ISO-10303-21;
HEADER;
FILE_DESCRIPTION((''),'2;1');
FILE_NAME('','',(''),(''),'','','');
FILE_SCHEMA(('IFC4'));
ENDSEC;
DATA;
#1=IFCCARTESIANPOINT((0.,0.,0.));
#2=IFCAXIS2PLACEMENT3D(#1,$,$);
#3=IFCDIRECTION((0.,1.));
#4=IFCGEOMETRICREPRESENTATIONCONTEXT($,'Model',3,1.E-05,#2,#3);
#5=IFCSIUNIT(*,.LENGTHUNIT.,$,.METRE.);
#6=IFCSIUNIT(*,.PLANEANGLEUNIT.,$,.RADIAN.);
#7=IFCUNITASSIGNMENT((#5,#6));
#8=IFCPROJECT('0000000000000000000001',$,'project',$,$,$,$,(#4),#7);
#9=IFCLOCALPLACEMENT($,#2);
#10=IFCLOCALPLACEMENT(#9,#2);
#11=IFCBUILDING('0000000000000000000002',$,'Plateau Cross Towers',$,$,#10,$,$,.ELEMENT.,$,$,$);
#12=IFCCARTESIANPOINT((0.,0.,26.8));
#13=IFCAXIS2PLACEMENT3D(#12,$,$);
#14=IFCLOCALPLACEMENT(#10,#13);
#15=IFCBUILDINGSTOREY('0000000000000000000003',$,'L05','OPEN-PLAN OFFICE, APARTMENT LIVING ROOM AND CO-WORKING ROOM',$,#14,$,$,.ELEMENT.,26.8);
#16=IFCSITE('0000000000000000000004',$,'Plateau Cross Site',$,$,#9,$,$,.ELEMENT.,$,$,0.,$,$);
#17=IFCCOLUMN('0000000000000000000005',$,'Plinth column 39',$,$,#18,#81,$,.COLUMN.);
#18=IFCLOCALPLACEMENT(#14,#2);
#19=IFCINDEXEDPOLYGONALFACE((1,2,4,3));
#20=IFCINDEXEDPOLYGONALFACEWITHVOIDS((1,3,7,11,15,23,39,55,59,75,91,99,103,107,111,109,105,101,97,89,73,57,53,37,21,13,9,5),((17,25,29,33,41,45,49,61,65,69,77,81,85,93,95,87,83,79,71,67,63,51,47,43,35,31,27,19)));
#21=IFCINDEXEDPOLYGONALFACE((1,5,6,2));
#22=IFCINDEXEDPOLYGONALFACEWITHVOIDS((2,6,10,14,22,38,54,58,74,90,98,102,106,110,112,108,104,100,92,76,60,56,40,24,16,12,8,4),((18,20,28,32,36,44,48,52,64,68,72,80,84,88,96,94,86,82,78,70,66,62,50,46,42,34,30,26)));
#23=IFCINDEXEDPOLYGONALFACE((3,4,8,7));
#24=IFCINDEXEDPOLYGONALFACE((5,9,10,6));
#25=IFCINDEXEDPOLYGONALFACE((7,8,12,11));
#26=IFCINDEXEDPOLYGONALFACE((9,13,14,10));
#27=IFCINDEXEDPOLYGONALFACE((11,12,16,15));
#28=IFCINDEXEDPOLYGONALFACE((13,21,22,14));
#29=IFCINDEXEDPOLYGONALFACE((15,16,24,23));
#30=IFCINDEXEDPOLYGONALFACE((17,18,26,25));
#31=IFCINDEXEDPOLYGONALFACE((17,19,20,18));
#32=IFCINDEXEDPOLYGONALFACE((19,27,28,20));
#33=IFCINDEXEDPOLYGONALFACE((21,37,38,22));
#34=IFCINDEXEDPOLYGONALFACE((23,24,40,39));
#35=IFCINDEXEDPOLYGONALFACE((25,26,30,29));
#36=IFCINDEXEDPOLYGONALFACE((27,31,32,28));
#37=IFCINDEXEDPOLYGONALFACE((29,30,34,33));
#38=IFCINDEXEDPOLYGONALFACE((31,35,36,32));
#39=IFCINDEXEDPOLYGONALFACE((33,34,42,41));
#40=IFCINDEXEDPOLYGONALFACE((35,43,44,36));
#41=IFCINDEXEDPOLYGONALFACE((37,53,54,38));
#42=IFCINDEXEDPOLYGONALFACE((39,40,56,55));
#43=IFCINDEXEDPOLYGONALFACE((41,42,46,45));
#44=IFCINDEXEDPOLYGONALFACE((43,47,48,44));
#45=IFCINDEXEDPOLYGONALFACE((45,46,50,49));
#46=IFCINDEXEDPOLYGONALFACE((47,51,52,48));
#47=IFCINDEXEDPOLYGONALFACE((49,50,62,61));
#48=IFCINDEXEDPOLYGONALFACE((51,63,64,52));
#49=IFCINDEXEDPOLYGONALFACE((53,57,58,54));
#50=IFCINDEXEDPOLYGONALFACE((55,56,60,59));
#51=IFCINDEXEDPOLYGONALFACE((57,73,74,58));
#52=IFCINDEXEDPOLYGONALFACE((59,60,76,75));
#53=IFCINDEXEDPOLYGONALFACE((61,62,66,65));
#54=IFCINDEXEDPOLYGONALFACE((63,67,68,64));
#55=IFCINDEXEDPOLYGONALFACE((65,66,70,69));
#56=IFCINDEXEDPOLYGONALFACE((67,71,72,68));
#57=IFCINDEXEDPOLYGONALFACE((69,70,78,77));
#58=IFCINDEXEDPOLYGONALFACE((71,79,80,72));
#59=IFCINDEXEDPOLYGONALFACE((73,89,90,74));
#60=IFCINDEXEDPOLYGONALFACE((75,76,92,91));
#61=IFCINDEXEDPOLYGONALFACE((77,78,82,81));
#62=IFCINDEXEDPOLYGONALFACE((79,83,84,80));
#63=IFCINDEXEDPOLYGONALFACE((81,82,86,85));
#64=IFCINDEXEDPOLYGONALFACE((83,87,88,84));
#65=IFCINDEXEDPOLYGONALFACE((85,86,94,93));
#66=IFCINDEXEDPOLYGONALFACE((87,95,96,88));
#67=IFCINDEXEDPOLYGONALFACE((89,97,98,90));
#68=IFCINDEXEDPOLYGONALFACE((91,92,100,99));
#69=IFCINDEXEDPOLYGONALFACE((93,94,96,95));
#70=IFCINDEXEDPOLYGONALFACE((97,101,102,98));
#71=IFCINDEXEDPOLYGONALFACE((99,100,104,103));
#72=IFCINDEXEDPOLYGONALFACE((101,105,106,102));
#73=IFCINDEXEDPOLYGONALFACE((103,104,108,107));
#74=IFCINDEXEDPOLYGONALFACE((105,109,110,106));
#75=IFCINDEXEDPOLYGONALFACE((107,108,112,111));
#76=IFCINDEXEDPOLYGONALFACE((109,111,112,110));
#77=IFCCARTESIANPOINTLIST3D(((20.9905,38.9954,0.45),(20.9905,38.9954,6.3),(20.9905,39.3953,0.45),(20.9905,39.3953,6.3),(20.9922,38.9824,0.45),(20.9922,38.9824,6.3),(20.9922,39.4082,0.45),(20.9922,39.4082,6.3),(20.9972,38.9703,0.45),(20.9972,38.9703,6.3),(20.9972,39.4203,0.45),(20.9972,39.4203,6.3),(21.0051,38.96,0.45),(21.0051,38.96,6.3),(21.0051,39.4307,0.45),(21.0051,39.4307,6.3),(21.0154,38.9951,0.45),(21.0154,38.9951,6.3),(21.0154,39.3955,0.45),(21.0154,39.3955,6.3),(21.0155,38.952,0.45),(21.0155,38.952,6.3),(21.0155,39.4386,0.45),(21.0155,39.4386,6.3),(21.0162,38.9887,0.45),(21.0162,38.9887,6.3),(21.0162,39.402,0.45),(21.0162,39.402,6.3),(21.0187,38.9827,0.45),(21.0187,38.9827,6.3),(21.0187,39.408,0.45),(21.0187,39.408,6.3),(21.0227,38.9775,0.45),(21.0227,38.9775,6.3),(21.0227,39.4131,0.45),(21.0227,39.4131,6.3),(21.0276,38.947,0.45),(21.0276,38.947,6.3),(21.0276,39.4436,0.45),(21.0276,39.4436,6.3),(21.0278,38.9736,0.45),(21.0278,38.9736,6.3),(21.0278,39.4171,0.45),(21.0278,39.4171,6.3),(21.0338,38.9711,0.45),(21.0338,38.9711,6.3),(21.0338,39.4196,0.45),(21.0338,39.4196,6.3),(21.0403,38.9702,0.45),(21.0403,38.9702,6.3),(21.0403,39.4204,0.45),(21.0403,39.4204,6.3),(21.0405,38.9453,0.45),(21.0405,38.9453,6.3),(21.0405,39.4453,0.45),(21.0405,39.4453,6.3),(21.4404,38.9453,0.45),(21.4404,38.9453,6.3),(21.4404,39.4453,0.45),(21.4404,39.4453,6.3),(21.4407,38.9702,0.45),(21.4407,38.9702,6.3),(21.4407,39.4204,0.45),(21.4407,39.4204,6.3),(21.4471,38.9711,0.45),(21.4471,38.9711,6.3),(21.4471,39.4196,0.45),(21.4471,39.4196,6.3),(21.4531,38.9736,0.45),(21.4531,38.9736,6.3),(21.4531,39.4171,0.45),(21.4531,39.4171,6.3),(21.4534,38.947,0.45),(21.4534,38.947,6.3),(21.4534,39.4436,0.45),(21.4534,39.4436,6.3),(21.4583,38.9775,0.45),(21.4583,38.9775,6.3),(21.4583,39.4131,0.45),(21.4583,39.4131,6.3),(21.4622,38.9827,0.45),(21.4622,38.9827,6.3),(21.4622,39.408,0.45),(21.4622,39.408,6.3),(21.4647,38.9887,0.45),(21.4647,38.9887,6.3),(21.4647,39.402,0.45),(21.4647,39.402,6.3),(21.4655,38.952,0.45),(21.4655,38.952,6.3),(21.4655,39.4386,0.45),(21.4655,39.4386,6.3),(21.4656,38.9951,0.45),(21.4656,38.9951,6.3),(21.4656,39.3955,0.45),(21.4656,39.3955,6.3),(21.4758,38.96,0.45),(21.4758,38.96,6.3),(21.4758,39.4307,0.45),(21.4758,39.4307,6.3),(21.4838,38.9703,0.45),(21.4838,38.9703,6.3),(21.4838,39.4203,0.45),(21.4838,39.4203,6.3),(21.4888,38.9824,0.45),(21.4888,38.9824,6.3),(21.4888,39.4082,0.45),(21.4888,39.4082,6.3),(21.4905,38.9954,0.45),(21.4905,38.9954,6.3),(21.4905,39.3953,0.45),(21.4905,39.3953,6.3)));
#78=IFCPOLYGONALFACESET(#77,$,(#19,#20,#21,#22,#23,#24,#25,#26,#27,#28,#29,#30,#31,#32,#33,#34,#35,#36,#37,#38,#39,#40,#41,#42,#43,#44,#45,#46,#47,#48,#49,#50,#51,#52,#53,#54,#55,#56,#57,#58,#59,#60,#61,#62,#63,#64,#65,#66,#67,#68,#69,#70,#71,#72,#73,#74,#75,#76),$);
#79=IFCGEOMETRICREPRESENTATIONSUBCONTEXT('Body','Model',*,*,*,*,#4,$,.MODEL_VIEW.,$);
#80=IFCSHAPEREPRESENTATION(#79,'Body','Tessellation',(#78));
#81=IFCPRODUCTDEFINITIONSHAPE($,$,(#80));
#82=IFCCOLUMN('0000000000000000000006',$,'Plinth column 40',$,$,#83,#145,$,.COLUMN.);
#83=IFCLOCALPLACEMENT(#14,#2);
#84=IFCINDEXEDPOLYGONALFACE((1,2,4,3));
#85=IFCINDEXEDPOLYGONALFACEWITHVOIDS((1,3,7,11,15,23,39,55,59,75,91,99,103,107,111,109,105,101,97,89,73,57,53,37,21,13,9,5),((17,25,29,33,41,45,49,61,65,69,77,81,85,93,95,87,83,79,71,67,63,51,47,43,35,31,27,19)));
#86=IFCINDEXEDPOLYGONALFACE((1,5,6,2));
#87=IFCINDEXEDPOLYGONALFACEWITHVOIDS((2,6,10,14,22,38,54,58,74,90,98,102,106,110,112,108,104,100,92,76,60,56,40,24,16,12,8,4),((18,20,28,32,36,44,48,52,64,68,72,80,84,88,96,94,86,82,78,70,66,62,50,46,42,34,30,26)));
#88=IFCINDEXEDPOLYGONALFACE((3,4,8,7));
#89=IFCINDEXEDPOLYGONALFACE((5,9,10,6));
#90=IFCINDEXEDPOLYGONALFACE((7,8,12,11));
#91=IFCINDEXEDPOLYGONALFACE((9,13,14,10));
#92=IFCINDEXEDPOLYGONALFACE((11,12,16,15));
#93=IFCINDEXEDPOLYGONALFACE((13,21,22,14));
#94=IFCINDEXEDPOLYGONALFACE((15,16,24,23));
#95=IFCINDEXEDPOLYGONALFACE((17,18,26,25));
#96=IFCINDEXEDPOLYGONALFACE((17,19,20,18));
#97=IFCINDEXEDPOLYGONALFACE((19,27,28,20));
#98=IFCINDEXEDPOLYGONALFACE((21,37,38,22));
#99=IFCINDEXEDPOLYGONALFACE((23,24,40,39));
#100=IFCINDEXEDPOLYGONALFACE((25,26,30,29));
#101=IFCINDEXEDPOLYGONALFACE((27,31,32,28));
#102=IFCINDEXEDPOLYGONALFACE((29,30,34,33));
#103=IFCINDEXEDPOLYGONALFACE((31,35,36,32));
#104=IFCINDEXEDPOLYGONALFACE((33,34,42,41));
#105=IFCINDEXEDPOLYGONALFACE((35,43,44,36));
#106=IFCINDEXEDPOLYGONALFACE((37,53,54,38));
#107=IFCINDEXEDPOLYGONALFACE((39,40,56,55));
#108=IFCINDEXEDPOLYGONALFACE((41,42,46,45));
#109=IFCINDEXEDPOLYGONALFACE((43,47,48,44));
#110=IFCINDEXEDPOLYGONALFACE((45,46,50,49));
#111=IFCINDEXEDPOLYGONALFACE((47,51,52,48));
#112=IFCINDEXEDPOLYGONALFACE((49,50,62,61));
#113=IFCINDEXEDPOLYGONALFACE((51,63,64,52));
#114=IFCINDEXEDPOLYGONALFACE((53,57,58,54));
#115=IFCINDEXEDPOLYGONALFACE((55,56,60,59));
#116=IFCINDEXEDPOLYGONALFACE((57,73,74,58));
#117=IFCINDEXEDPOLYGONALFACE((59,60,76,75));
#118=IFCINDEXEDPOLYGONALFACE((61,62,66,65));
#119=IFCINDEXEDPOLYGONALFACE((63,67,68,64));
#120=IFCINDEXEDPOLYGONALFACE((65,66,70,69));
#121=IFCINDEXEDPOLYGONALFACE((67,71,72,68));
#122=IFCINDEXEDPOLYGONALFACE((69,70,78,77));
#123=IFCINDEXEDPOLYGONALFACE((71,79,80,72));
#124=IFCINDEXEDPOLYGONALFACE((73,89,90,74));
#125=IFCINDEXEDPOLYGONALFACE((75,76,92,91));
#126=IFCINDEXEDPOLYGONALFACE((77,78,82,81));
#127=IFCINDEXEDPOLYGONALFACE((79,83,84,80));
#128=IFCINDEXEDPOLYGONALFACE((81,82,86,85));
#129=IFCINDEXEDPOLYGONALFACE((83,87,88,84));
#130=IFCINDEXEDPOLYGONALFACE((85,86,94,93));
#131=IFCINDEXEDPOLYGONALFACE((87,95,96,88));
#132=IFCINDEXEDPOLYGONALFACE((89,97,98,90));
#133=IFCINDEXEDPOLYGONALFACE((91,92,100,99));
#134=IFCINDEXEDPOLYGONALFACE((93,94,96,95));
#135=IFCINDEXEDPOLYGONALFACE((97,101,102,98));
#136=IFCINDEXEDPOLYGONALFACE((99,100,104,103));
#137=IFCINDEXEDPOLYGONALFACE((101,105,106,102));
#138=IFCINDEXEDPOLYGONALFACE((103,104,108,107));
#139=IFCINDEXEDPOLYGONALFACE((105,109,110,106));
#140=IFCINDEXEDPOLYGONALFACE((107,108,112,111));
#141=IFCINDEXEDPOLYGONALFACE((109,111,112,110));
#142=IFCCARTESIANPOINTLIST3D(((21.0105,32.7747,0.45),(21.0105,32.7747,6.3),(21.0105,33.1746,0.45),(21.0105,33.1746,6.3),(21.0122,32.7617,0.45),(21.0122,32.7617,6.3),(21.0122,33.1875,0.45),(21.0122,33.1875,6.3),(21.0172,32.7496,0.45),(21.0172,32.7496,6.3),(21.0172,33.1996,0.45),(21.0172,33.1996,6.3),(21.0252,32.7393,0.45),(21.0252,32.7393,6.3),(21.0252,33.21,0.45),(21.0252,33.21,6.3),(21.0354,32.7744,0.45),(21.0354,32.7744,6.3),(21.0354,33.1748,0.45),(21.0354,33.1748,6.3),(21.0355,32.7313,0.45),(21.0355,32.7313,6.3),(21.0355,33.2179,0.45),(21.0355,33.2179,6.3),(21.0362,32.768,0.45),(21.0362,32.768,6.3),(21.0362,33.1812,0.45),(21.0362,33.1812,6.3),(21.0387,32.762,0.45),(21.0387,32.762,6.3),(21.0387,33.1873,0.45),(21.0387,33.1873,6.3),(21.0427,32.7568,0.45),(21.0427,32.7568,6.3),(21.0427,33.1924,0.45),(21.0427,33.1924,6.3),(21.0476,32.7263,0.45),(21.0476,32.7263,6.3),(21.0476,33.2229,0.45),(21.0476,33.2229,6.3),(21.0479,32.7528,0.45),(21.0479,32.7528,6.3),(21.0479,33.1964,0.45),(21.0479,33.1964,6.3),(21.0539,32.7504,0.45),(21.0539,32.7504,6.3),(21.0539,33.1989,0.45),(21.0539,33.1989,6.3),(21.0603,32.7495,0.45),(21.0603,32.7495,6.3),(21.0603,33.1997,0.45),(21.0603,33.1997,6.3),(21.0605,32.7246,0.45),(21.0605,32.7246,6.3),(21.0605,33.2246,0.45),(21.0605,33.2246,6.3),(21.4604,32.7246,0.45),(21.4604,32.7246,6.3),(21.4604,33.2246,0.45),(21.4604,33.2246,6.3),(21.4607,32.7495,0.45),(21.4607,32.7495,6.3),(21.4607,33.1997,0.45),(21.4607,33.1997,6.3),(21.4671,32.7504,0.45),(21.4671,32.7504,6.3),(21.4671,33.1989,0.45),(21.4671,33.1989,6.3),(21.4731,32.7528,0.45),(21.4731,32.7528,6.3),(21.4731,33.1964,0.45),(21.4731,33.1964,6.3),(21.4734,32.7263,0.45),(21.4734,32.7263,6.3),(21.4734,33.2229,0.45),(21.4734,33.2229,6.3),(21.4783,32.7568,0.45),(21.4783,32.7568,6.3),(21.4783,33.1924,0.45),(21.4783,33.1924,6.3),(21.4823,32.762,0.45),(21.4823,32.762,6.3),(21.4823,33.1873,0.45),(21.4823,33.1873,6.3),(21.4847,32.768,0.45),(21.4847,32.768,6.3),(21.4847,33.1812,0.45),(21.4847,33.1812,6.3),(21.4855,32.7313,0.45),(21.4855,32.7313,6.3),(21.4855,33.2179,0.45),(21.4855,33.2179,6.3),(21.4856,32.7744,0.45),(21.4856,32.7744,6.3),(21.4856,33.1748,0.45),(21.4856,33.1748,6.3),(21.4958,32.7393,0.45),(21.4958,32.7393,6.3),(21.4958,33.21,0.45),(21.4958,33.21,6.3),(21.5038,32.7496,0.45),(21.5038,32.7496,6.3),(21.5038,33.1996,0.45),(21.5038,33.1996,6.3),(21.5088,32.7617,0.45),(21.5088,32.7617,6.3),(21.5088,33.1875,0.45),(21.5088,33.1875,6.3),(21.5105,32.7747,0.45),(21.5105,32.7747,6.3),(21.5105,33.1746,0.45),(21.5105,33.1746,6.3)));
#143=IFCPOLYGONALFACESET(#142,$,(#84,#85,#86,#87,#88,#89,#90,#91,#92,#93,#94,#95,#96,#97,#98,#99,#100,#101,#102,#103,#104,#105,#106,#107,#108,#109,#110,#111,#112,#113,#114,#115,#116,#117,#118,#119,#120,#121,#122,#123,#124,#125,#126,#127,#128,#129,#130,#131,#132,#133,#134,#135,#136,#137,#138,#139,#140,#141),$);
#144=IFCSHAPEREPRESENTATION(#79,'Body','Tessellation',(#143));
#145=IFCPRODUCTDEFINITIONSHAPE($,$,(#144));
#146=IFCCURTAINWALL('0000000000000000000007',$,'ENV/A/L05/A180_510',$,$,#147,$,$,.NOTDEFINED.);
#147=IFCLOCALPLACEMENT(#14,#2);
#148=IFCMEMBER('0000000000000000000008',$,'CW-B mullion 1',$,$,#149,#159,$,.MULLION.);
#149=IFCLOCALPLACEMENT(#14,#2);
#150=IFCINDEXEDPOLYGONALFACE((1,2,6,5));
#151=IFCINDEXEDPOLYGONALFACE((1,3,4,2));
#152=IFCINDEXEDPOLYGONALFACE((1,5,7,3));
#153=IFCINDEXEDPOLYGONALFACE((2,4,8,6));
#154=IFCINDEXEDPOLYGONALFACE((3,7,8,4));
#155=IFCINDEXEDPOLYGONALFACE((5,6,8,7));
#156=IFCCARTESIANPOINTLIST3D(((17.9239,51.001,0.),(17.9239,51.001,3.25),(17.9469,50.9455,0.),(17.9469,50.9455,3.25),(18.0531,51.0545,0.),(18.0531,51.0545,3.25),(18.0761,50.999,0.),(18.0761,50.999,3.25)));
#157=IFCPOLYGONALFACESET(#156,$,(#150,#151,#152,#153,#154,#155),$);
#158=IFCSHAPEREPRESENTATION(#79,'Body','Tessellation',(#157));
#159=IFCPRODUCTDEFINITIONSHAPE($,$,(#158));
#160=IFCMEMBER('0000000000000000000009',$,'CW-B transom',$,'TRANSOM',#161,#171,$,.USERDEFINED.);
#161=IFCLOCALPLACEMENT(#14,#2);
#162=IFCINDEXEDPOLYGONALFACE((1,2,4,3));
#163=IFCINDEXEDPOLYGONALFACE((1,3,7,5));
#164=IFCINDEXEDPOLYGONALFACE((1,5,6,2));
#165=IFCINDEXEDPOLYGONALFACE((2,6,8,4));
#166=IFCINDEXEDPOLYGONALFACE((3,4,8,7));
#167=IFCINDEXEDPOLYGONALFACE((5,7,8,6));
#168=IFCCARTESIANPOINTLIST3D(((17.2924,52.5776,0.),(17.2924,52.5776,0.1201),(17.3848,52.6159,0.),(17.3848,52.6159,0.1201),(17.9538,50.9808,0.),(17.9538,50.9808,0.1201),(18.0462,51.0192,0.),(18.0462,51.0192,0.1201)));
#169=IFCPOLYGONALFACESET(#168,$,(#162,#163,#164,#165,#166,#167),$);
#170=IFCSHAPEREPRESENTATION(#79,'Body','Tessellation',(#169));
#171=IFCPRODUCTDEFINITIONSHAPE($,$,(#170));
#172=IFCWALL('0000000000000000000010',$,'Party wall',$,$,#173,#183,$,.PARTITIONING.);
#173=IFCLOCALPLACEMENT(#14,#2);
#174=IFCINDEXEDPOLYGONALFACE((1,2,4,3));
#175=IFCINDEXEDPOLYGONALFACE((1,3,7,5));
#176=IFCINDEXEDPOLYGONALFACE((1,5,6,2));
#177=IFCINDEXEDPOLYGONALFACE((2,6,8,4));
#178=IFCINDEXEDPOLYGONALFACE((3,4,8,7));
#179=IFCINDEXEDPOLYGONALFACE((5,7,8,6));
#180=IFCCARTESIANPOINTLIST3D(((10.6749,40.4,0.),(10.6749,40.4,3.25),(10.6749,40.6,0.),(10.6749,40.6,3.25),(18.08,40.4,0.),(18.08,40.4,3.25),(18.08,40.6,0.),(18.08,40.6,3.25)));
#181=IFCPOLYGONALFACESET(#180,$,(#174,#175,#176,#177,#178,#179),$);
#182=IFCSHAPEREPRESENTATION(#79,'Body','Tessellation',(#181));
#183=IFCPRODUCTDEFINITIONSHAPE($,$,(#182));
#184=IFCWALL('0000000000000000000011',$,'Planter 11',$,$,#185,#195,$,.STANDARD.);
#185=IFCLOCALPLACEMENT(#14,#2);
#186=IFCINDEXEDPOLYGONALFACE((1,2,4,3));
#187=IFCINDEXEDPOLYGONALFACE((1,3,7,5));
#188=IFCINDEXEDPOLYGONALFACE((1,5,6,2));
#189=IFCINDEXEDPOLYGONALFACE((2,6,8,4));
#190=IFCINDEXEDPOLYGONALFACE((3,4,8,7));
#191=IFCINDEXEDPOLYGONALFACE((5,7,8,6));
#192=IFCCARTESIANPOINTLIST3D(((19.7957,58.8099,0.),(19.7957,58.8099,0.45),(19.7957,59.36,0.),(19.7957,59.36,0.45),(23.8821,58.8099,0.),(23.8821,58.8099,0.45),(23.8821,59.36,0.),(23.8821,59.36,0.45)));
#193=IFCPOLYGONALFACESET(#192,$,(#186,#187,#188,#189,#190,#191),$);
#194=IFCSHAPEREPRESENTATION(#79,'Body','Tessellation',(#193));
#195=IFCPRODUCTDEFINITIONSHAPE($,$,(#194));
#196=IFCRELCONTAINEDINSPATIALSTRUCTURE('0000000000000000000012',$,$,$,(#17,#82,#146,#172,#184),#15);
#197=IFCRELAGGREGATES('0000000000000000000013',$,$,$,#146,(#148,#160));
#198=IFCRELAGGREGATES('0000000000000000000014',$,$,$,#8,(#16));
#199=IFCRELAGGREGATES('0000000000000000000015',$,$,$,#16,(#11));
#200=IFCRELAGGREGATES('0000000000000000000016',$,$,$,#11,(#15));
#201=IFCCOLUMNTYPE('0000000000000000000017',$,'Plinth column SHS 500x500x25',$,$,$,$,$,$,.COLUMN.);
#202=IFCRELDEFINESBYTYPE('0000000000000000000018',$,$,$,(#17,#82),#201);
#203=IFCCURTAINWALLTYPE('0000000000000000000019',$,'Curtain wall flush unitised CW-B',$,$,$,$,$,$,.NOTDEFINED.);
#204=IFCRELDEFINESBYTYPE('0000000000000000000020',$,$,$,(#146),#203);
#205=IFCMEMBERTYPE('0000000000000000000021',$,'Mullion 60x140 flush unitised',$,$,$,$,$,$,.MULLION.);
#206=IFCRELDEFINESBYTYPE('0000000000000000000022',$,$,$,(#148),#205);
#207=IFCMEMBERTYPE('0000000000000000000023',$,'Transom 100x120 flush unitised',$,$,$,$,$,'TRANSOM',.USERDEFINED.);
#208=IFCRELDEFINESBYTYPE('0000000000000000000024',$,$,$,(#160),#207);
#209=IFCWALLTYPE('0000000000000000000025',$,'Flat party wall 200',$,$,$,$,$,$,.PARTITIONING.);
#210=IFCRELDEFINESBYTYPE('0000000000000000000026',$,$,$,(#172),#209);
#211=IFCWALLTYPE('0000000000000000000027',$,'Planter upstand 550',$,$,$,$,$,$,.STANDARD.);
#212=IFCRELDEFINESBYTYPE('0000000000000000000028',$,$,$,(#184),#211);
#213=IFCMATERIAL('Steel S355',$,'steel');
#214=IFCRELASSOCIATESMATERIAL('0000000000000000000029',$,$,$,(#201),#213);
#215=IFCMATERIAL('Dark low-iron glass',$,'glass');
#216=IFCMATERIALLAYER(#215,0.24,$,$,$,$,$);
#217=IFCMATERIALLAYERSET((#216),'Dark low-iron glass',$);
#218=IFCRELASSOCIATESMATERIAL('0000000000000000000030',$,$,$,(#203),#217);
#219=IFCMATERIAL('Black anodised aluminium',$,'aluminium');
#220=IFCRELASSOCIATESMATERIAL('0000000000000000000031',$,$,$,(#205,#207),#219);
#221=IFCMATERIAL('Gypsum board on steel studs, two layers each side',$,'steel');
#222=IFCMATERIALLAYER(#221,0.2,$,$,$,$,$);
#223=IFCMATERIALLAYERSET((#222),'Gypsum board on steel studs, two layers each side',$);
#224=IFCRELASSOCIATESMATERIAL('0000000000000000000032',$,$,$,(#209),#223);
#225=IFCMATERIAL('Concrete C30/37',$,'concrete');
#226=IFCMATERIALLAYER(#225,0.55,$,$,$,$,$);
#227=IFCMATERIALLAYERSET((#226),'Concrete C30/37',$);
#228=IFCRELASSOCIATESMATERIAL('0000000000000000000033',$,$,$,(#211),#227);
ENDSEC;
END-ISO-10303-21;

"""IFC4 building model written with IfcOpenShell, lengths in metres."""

from ifc_helpers import new_model, si_unit, direction, frame, frame_2d, origin, origin_2d, place, context, subcontext, project, spatial, rectangle, hollow_rectangle, extrude, material, layer, layer_set, material_profile, profile_set, type_object, element, aggregate, save


model = new_model("IFC4")

# Units and contexts
model_context = context("Model", 3, precision=1e-05, world=origin(), true_north=direction((0.0, 1.0)))
body_context = subcontext(model_context, "Body", "Model", "MODEL_VIEW")
ifc_project = project(units=[si_unit("LENGTHUNIT", "METRE"), si_unit("PLANEANGLEUNIT", "RADIAN")], contexts=[model_context])

# Site, building, storey
site_placement = place(None, origin())
site = spatial("IfcSite", under=ifc_project, at=site_placement, Name="Plateau Cross Site", CompositionType="ELEMENT", RefElevation=0.0)
building_placement = place(site_placement, origin())
building = spatial("IfcBuilding", under=site, at=building_placement, Name="Plateau Cross Towers", CompositionType="ELEMENT")
storey_placement = place(building_placement, frame((0.0, 0.0, 26.8)))
storey = spatial("IfcBuildingStorey", under=building, at=storey_placement, Name="L05", Description="OPEN-PLAN OFFICE, APARTMENT LIVING ROOM AND CO-WORKING ROOM", CompositionType="ELEMENT", Elevation=26.8)

# Columns
ifc_material_1 = material(Name="Steel S355", Category="steel")
ifc_material_profile_1 = material_profile(ifc_material_1, hollow_rectangle(XDim=0.5, YDim=0.5, WallThickness=0.0249, InnerFilletRadius=0.0249, OuterFilletRadius=0.05, at=origin_2d()), Name="SHS 500x500x25")
ifc_profile_set_1 = profile_set([ifc_material_profile_1], Name="Steel S355")
column_type = type_object("IfcColumnType", Name="Plinth column SHS 500x500x25", PredefinedType="COLUMN", material=ifc_profile_set_1)
for number, where, z_axis, x_axis, name in (
    (1, (21.2405, 39.1953, 0.45), (0.0, 0.0, 1.0), (1.0, 0.0, 0.0), "Plinth column 39"),
    (2, (21.2605, 32.9746, 0.45), (0.0, 0.0, 1.0), (1.0, 0.0, 0.0), "Plinth column 40"),
):
    element("IfcColumn", number, at=place(storey_placement, frame(where, z_axis=z_axis, x_axis=x_axis)), inside=storey, type_object=column_type, Name=name, PredefinedType="COLUMN", context=body_context, shape_type="SweptSolid", body=[
        extrude(hollow_rectangle(XDim=0.5, YDim=0.5, WallThickness=0.0249, InnerFilletRadius=0.0249, OuterFilletRadius=0.05, at=origin_2d()), origin(), (0.0, 0.0, 1.0), 5.8501),
    ])

# Curtain wall, members
ifc_material_2 = material(Name="Dark low-iron glass", Category="glass")
ifc_layer_1 = layer(ifc_material_2, 0.24)
ifc_layer_set_1 = layer_set([ifc_layer_1], Name="Dark low-iron glass")
curtain_wall_type = type_object("IfcCurtainWallType", Name="Curtain wall flush unitised CW-B", PredefinedType="NOTDEFINED", material=ifc_layer_set_1)
curtain_wall_placement = place(storey_placement, origin())
curtain_wall = element("IfcCurtainWall", 3, at=curtain_wall_placement, inside=storey, type_object=curtain_wall_type, Name="ENV/A/L05/A180_510", PredefinedType="NOTDEFINED")
ifc_material_3 = material(Name="Black anodised aluminium", Category="aluminium")
ifc_material_profile_2 = material_profile(ifc_material_3, rectangle(XDim=0.0601, YDim=0.1399, at=origin_2d()), Name="MULLION 60x140")
ifc_profile_set_2 = profile_set([ifc_material_profile_2], Name="Black anodised aluminium")
member_type_1 = type_object("IfcMemberType", Name="Mullion 60x140 flush unitised", PredefinedType="MULLION", material=ifc_profile_set_2)
member_1_placement = place(storey_placement, frame((18.0, 51.0, 0.0), z_axis=(0.0, 0.0, 1.0), x_axis=(-0.382684, 0.923879, 0.0)))
member_1 = element("IfcMember", 4, at=member_1_placement, type_object=member_type_1, Name="CW-B mullion 1", PredefinedType="MULLION", context=body_context, shape_type="SweptSolid", body=[
    extrude(rectangle(XDim=0.0601, YDim=0.1399, at=origin_2d()), origin(), (0.0, 0.0, 1.0), 3.25),
])
ifc_material_profile_3 = material_profile(ifc_material_3, rectangle(XDim=0.1001, YDim=0.1201, at=origin_2d()), Name="TRANSOM 100x120")
ifc_profile_set_3 = profile_set([ifc_material_profile_3], Name="Black anodised aluminium")
member_type_2 = type_object("IfcMemberType", Name="Transom 100x120 flush unitised", ElementType="TRANSOM", PredefinedType="USERDEFINED", material=ifc_profile_set_3)
member_2_placement = place(storey_placement, frame((18.0, 51.0, 0.0601), z_axis=(-0.382689, 0.923877, 0.0), x_axis=(-0.923877, -0.382689, 0.0)))
member_2 = element("IfcMember", 5, at=member_2_placement, type_object=member_type_2, Name="CW-B transom", ObjectType="TRANSOM", PredefinedType="USERDEFINED", context=body_context, shape_type="SweptSolid", body=[
    extrude(rectangle(XDim=0.1001, YDim=0.1201, at=origin_2d()), origin(), (0.0, 0.0, 1.0), 1.7283),
])
aggregate(curtain_wall, [member_1, member_2])

# Walls
ifc_material_4 = material(Name="Gypsum board on steel studs, two layers each side", Category="steel")
ifc_layer_2 = layer(ifc_material_4, 0.2)
ifc_layer_set_2 = layer_set([ifc_layer_2], Name="Gypsum board on steel studs, two layers each side")
wall_type_1 = type_object("IfcWallType", Name="Flat party wall 200", PredefinedType="PARTITIONING", material=ifc_layer_set_2)
wall_1_placement = place(storey_placement, frame((18.0801, 40.5, 0.0), z_axis=(0.0, 0.0, 1.0), x_axis=(-1.0, 0.0, 0.0)))
element("IfcWall", 6, at=wall_1_placement, inside=storey, type_object=wall_type_1, Name="Party wall", PredefinedType="PARTITIONING", context=body_context, shape_type="SweptSolid", body=[
    extrude(rectangle(XDim=7.405, YDim=0.2, at=frame_2d((3.7026, 0.0))), origin(), (0.0, 0.0, 1.0), 3.25),
])
ifc_material_5 = material(Name="Concrete C30/37", Category="concrete")
ifc_layer_3 = layer(ifc_material_5, 0.55)
ifc_layer_set_3 = layer_set([ifc_layer_3], Name="Concrete C30/37")
wall_type_2 = type_object("IfcWallType", Name="Planter upstand 550", PredefinedType="STANDARD", material=ifc_layer_set_3)
for number, where, z_axis, x_axis, name in (
    (7, (19.7957, 59.085, 0.0), (0.0, 0.0, 1.0), (1.0, 0.0, 0.0), "Planter 11"),
):
    element("IfcWall", number, at=place(storey_placement, frame(where, z_axis=z_axis, x_axis=x_axis)), inside=storey, type_object=wall_type_2, Name=name, PredefinedType="STANDARD", context=body_context, shape_type="SweptSolid", body=[
        extrude(rectangle(XDim=4.0864, YDim=0.55, at=frame_2d((2.0432, 0.0))), origin(), (0.0, 0.0, 1.0), 0.45),
    ])

save(model, "model.ifc")
